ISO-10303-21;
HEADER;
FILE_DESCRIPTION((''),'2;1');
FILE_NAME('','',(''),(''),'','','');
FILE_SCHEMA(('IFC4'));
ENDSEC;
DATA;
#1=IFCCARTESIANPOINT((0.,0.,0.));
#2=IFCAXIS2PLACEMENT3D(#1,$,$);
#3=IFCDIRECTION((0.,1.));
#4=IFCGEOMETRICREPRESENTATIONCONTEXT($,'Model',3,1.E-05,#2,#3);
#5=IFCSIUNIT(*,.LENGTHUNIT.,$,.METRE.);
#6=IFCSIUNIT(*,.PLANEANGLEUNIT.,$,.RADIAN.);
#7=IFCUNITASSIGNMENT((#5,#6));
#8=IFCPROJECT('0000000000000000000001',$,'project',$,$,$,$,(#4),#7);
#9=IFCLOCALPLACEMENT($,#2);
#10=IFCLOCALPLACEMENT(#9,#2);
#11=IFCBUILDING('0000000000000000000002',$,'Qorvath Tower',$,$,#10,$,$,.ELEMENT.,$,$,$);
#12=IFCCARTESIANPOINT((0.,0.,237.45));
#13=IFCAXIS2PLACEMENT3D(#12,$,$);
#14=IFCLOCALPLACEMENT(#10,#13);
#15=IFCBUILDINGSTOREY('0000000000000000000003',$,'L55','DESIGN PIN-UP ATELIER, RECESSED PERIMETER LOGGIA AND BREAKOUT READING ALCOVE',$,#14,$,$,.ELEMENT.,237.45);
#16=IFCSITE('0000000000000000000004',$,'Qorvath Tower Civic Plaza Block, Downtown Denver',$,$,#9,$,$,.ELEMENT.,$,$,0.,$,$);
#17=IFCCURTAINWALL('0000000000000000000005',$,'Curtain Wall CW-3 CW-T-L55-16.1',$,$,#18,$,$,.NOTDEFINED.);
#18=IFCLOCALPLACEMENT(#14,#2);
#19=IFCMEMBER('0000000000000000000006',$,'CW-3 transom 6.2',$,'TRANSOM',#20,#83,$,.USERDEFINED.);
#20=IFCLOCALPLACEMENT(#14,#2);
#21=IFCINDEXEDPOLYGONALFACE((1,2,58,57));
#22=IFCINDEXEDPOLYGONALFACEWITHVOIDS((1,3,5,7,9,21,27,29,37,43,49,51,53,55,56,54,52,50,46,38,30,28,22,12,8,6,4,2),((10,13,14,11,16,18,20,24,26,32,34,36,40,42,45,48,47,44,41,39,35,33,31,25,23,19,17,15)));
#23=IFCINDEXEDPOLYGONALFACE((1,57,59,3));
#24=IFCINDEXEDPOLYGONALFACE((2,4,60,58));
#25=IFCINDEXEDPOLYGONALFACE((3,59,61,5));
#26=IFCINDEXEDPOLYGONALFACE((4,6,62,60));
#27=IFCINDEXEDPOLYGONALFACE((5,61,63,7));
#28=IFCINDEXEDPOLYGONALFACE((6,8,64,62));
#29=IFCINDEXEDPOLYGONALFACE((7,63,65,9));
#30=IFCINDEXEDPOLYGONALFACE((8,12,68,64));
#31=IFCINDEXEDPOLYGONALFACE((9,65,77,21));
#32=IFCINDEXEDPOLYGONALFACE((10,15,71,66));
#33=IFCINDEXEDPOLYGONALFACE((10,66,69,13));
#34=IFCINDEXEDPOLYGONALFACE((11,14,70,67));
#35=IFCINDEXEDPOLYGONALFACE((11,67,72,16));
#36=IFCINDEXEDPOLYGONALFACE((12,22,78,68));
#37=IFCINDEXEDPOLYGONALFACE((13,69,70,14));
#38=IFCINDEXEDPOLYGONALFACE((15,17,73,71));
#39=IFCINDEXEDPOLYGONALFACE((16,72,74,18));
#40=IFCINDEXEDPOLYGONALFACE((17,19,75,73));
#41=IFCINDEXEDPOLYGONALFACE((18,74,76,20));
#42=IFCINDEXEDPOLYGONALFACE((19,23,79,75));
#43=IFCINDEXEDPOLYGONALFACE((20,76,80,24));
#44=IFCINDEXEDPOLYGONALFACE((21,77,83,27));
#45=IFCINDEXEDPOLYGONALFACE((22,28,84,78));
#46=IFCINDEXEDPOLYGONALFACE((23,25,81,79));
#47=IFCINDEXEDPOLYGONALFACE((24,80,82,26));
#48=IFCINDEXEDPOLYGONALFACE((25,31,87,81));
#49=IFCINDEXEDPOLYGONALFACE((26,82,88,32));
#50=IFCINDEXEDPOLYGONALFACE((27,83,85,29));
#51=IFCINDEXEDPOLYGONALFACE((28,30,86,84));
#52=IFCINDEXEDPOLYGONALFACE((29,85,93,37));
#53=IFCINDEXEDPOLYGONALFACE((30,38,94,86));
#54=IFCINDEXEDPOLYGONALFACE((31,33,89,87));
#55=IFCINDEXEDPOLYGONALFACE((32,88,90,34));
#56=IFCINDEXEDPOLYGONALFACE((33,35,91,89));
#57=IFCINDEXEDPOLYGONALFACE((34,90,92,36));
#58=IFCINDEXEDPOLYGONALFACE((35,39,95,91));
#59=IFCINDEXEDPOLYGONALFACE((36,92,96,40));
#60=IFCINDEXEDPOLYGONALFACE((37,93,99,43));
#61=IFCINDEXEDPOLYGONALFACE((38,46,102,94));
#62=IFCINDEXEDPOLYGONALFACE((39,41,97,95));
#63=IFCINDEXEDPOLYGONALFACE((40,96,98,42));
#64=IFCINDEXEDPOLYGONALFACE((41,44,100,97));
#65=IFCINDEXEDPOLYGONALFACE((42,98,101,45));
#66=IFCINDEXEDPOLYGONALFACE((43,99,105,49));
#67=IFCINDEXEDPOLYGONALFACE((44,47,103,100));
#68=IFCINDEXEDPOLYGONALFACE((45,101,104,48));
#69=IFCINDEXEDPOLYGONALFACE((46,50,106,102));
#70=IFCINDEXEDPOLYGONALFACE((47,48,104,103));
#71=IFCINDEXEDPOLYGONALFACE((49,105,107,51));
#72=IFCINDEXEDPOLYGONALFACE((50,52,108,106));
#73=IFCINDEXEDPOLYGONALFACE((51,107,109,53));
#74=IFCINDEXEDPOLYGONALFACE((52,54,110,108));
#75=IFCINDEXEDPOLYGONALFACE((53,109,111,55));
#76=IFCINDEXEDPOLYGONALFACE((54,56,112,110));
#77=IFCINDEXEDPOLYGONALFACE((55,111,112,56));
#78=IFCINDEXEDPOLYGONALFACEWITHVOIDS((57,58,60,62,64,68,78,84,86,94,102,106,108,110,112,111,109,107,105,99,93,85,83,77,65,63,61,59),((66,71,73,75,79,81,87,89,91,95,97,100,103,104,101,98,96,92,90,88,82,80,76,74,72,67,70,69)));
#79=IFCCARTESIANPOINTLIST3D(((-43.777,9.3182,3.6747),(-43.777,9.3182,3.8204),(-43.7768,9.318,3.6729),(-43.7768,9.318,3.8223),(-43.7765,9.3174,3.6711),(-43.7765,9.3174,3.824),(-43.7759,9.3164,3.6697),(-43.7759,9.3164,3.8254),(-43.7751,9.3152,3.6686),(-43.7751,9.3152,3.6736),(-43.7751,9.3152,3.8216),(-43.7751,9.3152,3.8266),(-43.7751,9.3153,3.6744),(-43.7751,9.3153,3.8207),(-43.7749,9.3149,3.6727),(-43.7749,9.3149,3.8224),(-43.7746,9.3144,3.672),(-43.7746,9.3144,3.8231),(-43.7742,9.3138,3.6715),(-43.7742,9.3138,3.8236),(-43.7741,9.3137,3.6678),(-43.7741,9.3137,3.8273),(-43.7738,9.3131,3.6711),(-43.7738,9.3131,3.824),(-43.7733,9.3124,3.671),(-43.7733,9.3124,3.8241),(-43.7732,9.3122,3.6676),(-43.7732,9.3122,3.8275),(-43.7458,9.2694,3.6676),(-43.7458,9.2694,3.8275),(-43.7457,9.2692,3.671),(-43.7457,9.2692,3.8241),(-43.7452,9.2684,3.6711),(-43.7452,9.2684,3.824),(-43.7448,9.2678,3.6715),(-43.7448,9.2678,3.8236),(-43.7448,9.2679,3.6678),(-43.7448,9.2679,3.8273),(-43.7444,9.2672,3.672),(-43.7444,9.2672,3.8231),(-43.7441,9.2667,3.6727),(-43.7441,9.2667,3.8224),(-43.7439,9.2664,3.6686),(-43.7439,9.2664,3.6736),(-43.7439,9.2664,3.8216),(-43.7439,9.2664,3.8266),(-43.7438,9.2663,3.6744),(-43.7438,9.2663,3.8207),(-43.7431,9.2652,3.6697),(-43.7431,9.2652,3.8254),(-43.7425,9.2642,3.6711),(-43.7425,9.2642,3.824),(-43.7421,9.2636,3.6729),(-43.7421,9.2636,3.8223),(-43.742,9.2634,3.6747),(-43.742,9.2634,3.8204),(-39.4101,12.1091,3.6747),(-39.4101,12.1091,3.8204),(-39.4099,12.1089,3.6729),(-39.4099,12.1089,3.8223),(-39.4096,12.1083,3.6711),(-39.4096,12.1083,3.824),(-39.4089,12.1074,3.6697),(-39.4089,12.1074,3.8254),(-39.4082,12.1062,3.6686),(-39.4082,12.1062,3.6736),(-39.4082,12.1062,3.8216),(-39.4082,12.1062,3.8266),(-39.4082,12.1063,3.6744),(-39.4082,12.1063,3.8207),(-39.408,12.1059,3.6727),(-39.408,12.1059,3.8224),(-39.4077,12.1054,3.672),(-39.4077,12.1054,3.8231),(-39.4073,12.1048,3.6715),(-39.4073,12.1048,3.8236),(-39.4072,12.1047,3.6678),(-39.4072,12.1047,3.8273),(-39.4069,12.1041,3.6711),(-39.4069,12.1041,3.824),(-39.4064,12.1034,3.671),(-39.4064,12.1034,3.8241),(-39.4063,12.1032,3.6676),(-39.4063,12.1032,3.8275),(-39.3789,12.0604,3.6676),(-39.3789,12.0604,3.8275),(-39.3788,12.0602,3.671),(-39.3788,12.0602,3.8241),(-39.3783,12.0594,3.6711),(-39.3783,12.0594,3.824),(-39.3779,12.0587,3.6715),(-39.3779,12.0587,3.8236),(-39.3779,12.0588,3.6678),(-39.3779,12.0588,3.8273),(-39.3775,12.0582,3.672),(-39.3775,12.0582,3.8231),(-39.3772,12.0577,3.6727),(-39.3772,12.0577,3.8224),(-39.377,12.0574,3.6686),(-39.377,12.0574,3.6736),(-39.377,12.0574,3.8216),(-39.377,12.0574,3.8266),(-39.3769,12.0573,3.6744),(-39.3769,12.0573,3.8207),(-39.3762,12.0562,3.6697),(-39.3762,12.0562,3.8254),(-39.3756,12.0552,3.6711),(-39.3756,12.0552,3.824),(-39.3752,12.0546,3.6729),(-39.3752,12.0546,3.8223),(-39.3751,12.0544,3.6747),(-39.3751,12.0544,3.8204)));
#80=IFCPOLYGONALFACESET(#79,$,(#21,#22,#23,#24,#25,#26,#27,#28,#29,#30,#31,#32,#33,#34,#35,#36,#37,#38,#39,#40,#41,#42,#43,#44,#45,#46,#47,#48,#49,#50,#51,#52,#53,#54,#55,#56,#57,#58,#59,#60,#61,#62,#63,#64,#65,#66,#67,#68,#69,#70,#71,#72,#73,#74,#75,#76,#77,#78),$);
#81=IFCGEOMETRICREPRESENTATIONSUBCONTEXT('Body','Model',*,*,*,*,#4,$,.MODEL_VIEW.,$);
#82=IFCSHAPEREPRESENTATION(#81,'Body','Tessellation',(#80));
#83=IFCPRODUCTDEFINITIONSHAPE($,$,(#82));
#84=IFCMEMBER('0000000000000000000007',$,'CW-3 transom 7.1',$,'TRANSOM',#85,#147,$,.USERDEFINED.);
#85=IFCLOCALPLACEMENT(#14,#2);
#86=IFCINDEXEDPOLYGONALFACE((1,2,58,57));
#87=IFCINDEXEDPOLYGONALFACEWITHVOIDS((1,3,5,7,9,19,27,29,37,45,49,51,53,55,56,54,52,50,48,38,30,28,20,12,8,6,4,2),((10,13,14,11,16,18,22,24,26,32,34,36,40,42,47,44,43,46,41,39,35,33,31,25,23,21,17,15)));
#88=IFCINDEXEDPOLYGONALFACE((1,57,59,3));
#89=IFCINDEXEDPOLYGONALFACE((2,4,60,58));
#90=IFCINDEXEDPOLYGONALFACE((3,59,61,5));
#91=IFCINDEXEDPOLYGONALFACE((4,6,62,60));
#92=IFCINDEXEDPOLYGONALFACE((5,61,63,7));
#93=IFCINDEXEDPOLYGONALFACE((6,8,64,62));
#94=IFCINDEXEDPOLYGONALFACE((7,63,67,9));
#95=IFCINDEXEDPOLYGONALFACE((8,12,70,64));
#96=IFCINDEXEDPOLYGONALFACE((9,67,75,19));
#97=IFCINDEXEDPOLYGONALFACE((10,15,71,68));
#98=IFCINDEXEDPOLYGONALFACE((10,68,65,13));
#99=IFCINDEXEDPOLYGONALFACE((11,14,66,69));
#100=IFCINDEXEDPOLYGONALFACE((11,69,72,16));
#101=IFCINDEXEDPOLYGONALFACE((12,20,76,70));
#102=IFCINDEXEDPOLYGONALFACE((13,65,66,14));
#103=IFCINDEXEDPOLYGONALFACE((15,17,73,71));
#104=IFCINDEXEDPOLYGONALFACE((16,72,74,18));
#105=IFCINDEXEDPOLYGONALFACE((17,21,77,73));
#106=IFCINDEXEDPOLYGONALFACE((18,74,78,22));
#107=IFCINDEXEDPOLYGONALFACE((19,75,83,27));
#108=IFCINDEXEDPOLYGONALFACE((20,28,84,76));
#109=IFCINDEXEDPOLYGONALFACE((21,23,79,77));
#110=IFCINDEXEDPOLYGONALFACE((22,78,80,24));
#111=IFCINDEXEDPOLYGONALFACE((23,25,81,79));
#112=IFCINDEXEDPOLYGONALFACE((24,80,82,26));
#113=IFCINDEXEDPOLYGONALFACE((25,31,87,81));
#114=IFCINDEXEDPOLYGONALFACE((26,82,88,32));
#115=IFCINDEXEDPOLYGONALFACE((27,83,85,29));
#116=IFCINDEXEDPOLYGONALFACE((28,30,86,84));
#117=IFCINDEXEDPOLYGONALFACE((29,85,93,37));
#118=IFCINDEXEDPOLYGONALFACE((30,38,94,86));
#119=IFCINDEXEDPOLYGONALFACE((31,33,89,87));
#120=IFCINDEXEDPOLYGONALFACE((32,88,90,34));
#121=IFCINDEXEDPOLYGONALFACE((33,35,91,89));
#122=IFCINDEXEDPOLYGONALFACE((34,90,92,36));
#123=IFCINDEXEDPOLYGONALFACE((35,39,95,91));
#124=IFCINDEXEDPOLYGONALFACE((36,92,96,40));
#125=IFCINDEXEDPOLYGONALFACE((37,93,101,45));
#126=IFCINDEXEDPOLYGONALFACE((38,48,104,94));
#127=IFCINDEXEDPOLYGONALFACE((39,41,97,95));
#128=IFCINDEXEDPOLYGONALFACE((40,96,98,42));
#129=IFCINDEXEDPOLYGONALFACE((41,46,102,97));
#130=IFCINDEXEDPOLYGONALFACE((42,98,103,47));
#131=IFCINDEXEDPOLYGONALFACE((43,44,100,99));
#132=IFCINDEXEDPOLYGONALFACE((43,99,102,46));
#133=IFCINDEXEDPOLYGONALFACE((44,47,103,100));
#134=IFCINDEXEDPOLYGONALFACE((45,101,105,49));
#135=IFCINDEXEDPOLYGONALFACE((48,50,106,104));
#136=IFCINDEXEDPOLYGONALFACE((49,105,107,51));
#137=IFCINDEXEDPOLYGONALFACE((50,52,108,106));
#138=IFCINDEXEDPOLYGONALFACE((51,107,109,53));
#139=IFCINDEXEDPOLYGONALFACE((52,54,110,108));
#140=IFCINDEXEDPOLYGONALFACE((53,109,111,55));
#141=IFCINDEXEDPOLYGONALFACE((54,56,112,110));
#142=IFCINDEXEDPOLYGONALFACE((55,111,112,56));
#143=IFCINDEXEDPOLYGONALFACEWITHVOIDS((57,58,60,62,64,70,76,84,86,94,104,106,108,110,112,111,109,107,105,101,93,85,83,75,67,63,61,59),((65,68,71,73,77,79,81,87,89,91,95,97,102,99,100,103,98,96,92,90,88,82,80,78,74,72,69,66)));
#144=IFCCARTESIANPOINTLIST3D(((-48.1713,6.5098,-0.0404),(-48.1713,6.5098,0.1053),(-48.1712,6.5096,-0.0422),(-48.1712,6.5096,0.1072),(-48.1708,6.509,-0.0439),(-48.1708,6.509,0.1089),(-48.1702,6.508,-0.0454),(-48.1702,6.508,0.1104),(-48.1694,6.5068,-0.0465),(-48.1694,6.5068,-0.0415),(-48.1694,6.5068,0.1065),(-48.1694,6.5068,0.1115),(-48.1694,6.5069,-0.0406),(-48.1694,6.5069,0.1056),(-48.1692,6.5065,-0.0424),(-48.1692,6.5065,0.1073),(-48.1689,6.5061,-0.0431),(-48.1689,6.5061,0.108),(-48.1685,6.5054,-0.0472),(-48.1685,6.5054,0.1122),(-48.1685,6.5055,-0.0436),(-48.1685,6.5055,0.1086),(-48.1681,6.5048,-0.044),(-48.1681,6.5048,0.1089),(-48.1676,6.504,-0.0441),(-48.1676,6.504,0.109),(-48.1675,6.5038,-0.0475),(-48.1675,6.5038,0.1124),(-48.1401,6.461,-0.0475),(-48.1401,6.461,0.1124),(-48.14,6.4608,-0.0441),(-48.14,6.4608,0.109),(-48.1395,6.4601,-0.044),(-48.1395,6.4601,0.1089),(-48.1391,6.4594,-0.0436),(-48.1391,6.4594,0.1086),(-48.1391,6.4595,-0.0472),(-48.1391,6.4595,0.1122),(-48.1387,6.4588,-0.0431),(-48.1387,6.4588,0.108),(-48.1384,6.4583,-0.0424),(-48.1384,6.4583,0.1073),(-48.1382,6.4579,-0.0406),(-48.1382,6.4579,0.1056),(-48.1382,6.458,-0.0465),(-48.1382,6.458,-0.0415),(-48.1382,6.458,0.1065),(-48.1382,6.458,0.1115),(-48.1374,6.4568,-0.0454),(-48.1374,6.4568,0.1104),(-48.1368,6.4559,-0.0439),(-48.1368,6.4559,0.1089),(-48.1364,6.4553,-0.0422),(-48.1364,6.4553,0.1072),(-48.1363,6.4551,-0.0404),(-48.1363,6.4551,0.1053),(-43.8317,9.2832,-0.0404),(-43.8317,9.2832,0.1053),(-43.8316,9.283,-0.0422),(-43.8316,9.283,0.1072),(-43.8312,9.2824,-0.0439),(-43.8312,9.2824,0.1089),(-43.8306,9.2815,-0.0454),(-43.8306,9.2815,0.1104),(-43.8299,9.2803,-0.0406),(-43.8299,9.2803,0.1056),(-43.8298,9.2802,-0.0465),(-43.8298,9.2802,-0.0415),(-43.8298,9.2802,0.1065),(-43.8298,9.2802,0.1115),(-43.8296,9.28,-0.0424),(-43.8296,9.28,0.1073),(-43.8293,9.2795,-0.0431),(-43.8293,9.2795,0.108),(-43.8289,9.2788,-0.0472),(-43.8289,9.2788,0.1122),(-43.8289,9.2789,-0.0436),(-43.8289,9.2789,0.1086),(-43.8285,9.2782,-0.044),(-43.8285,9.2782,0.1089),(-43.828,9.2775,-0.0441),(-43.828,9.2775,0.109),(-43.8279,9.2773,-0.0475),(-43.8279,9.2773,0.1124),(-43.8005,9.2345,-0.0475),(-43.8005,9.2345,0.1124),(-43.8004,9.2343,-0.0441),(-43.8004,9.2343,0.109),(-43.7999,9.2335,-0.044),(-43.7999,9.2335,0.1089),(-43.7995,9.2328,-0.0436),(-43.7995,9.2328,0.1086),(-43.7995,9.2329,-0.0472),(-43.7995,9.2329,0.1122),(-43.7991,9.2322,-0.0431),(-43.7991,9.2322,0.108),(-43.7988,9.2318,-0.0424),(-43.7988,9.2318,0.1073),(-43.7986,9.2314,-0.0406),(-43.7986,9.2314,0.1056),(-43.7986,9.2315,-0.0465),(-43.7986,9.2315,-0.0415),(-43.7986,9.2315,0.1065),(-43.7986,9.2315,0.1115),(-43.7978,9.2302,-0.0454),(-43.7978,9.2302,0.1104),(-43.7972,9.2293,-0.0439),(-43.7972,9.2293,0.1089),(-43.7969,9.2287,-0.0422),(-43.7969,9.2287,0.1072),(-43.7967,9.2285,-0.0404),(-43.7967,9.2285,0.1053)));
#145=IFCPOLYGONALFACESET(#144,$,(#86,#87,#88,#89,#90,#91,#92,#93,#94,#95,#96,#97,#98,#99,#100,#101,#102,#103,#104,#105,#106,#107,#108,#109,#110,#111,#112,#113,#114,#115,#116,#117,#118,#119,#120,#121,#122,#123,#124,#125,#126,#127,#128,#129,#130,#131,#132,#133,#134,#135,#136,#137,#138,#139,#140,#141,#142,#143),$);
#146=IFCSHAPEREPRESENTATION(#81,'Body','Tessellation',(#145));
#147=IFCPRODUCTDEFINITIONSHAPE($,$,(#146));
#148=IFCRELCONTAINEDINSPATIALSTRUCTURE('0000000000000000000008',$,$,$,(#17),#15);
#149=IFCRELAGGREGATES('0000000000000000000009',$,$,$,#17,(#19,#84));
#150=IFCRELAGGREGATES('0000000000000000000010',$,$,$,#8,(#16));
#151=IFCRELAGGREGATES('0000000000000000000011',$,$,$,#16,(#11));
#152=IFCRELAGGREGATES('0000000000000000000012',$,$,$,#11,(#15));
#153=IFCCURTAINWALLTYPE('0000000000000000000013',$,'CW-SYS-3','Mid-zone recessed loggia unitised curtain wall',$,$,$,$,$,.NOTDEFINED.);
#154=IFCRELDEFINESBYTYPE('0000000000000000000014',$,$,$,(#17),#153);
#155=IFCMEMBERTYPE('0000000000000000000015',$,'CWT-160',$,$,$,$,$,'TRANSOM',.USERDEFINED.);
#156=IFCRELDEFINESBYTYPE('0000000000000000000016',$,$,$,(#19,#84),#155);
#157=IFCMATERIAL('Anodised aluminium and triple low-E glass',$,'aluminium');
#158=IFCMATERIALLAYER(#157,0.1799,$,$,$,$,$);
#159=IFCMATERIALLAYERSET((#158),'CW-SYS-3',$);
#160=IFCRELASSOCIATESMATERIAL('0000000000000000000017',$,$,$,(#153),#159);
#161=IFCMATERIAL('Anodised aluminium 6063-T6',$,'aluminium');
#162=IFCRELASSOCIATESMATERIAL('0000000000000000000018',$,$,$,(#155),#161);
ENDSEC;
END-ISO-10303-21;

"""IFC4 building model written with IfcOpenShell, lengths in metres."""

from ifc_helpers import new_model, si_unit, direction, frame, origin, origin_2d, place, context, subcontext, project, spatial, hollow_rectangle, extrude, material, layer, layer_set, material_profile, profile_set, type_object, element, aggregate, save


model = new_model("IFC4")

# Units and contexts
model_context = context("Model", 3, precision=1e-05, world=origin(), true_north=direction((0.0, 1.0)))
body_context = subcontext(model_context, "Body", "Model", "MODEL_VIEW")
ifc_project = project(units=[si_unit("LENGTHUNIT", "METRE"), si_unit("PLANEANGLEUNIT", "RADIAN")], contexts=[model_context])

# Site, building, storey
site_placement = place(None, origin())
site = spatial("IfcSite", under=ifc_project, at=site_placement, Name="Qorvath Tower Civic Plaza Block, Downtown Denver", CompositionType="ELEMENT", RefElevation=0.0)
building_placement = place(site_placement, origin())
building = spatial("IfcBuilding", under=site, at=building_placement, Name="Qorvath Tower", CompositionType="ELEMENT")
storey_placement = place(building_placement, frame((0.0, 0.0, 237.45)))
storey = spatial("IfcBuildingStorey", under=building, at=storey_placement, Name="L55", Description="DESIGN PIN-UP ATELIER, RECESSED PERIMETER LOGGIA AND BREAKOUT READING ALCOVE", CompositionType="ELEMENT", Elevation=237.45)

# Curtain wall
ifc_material_1 = material(Name="Anodised aluminium and triple low-E glass", Category="aluminium")
ifc_layer_1 = layer(ifc_material_1, 0.1799)
ifc_layer_set_1 = layer_set([ifc_layer_1], Name="CW-SYS-3")
curtain_wall_type = type_object("IfcCurtainWallType", Name="CW-SYS-3", Description="Mid-zone recessed loggia unitised curtain wall", PredefinedType="NOTDEFINED", material=ifc_layer_set_1)
curtain_wall_1_placement = place(storey_placement, origin())
curtain_wall_1 = element("IfcCurtainWall", 1, at=curtain_wall_1_placement, inside=storey, type_object=curtain_wall_type, Name="Curtain Wall CW-3 CW-T-L55-16.1", PredefinedType="NOTDEFINED")

# Members
ifc_material_2 = material(Name="Anodised aluminium 6063-T6", Category="aluminium")
ifc_material_profile_1 = material_profile(ifc_material_2, hollow_rectangle(XDim=0.0649, YDim=0.1599, WallThickness=0.0034, InnerFilletRadius=0.0034, OuterFilletRadius=0.0071, at=origin_2d()), Name="CWT 160x65")
ifc_profile_set_1 = profile_set([ifc_material_profile_1], Name="Anodised aluminium 6063-T6")
member_type_1 = type_object("IfcMemberType", Name="CWT-160", ElementType="TRANSOM", PredefinedType="USERDEFINED", material=ifc_profile_set_1)
member_1_placement = place(storey_placement, frame((-39.3926, 12.0818, 3.7476), z_axis=(-0.842607, -0.53853, 0.0), x_axis=(0.53853, -0.842607, 0.0)))
member_1 = element("IfcMember", 2, at=member_1_placement, type_object=member_type_1, Name="CW-3 transom 6.2", ObjectType="TRANSOM", PredefinedType="USERDEFINED", context=body_context, shape_type="SweptSolid", body=[
    extrude(hollow_rectangle(XDim=0.0649, YDim=0.1599, WallThickness=0.0034, InnerFilletRadius=0.0034, OuterFilletRadius=0.0071, at=origin_2d()), origin(), (0.0, 0.0, 1.0), 5.1826),
])
member_2_placement = place(storey_placement, frame((-43.8142, 9.2559, 0.0325), z_axis=(-0.842616, -0.538516, 0.0), x_axis=(0.538516, -0.842616, 0.0)))
member_2 = element("IfcMember", 3, at=member_2_placement, type_object=member_type_1, Name="CW-3 transom 7.1", ObjectType="TRANSOM", PredefinedType="USERDEFINED", context=body_context, shape_type="SweptSolid", body=[
    extrude(hollow_rectangle(XDim=0.0649, YDim=0.1599, WallThickness=0.0034, InnerFilletRadius=0.0034, OuterFilletRadius=0.0071, at=origin_2d()), origin(), (0.0, 0.0, 1.0), 5.1501),
])

aggregate(curtain_wall_1, [member_1, member_2])

save(model, "model.ifc")
